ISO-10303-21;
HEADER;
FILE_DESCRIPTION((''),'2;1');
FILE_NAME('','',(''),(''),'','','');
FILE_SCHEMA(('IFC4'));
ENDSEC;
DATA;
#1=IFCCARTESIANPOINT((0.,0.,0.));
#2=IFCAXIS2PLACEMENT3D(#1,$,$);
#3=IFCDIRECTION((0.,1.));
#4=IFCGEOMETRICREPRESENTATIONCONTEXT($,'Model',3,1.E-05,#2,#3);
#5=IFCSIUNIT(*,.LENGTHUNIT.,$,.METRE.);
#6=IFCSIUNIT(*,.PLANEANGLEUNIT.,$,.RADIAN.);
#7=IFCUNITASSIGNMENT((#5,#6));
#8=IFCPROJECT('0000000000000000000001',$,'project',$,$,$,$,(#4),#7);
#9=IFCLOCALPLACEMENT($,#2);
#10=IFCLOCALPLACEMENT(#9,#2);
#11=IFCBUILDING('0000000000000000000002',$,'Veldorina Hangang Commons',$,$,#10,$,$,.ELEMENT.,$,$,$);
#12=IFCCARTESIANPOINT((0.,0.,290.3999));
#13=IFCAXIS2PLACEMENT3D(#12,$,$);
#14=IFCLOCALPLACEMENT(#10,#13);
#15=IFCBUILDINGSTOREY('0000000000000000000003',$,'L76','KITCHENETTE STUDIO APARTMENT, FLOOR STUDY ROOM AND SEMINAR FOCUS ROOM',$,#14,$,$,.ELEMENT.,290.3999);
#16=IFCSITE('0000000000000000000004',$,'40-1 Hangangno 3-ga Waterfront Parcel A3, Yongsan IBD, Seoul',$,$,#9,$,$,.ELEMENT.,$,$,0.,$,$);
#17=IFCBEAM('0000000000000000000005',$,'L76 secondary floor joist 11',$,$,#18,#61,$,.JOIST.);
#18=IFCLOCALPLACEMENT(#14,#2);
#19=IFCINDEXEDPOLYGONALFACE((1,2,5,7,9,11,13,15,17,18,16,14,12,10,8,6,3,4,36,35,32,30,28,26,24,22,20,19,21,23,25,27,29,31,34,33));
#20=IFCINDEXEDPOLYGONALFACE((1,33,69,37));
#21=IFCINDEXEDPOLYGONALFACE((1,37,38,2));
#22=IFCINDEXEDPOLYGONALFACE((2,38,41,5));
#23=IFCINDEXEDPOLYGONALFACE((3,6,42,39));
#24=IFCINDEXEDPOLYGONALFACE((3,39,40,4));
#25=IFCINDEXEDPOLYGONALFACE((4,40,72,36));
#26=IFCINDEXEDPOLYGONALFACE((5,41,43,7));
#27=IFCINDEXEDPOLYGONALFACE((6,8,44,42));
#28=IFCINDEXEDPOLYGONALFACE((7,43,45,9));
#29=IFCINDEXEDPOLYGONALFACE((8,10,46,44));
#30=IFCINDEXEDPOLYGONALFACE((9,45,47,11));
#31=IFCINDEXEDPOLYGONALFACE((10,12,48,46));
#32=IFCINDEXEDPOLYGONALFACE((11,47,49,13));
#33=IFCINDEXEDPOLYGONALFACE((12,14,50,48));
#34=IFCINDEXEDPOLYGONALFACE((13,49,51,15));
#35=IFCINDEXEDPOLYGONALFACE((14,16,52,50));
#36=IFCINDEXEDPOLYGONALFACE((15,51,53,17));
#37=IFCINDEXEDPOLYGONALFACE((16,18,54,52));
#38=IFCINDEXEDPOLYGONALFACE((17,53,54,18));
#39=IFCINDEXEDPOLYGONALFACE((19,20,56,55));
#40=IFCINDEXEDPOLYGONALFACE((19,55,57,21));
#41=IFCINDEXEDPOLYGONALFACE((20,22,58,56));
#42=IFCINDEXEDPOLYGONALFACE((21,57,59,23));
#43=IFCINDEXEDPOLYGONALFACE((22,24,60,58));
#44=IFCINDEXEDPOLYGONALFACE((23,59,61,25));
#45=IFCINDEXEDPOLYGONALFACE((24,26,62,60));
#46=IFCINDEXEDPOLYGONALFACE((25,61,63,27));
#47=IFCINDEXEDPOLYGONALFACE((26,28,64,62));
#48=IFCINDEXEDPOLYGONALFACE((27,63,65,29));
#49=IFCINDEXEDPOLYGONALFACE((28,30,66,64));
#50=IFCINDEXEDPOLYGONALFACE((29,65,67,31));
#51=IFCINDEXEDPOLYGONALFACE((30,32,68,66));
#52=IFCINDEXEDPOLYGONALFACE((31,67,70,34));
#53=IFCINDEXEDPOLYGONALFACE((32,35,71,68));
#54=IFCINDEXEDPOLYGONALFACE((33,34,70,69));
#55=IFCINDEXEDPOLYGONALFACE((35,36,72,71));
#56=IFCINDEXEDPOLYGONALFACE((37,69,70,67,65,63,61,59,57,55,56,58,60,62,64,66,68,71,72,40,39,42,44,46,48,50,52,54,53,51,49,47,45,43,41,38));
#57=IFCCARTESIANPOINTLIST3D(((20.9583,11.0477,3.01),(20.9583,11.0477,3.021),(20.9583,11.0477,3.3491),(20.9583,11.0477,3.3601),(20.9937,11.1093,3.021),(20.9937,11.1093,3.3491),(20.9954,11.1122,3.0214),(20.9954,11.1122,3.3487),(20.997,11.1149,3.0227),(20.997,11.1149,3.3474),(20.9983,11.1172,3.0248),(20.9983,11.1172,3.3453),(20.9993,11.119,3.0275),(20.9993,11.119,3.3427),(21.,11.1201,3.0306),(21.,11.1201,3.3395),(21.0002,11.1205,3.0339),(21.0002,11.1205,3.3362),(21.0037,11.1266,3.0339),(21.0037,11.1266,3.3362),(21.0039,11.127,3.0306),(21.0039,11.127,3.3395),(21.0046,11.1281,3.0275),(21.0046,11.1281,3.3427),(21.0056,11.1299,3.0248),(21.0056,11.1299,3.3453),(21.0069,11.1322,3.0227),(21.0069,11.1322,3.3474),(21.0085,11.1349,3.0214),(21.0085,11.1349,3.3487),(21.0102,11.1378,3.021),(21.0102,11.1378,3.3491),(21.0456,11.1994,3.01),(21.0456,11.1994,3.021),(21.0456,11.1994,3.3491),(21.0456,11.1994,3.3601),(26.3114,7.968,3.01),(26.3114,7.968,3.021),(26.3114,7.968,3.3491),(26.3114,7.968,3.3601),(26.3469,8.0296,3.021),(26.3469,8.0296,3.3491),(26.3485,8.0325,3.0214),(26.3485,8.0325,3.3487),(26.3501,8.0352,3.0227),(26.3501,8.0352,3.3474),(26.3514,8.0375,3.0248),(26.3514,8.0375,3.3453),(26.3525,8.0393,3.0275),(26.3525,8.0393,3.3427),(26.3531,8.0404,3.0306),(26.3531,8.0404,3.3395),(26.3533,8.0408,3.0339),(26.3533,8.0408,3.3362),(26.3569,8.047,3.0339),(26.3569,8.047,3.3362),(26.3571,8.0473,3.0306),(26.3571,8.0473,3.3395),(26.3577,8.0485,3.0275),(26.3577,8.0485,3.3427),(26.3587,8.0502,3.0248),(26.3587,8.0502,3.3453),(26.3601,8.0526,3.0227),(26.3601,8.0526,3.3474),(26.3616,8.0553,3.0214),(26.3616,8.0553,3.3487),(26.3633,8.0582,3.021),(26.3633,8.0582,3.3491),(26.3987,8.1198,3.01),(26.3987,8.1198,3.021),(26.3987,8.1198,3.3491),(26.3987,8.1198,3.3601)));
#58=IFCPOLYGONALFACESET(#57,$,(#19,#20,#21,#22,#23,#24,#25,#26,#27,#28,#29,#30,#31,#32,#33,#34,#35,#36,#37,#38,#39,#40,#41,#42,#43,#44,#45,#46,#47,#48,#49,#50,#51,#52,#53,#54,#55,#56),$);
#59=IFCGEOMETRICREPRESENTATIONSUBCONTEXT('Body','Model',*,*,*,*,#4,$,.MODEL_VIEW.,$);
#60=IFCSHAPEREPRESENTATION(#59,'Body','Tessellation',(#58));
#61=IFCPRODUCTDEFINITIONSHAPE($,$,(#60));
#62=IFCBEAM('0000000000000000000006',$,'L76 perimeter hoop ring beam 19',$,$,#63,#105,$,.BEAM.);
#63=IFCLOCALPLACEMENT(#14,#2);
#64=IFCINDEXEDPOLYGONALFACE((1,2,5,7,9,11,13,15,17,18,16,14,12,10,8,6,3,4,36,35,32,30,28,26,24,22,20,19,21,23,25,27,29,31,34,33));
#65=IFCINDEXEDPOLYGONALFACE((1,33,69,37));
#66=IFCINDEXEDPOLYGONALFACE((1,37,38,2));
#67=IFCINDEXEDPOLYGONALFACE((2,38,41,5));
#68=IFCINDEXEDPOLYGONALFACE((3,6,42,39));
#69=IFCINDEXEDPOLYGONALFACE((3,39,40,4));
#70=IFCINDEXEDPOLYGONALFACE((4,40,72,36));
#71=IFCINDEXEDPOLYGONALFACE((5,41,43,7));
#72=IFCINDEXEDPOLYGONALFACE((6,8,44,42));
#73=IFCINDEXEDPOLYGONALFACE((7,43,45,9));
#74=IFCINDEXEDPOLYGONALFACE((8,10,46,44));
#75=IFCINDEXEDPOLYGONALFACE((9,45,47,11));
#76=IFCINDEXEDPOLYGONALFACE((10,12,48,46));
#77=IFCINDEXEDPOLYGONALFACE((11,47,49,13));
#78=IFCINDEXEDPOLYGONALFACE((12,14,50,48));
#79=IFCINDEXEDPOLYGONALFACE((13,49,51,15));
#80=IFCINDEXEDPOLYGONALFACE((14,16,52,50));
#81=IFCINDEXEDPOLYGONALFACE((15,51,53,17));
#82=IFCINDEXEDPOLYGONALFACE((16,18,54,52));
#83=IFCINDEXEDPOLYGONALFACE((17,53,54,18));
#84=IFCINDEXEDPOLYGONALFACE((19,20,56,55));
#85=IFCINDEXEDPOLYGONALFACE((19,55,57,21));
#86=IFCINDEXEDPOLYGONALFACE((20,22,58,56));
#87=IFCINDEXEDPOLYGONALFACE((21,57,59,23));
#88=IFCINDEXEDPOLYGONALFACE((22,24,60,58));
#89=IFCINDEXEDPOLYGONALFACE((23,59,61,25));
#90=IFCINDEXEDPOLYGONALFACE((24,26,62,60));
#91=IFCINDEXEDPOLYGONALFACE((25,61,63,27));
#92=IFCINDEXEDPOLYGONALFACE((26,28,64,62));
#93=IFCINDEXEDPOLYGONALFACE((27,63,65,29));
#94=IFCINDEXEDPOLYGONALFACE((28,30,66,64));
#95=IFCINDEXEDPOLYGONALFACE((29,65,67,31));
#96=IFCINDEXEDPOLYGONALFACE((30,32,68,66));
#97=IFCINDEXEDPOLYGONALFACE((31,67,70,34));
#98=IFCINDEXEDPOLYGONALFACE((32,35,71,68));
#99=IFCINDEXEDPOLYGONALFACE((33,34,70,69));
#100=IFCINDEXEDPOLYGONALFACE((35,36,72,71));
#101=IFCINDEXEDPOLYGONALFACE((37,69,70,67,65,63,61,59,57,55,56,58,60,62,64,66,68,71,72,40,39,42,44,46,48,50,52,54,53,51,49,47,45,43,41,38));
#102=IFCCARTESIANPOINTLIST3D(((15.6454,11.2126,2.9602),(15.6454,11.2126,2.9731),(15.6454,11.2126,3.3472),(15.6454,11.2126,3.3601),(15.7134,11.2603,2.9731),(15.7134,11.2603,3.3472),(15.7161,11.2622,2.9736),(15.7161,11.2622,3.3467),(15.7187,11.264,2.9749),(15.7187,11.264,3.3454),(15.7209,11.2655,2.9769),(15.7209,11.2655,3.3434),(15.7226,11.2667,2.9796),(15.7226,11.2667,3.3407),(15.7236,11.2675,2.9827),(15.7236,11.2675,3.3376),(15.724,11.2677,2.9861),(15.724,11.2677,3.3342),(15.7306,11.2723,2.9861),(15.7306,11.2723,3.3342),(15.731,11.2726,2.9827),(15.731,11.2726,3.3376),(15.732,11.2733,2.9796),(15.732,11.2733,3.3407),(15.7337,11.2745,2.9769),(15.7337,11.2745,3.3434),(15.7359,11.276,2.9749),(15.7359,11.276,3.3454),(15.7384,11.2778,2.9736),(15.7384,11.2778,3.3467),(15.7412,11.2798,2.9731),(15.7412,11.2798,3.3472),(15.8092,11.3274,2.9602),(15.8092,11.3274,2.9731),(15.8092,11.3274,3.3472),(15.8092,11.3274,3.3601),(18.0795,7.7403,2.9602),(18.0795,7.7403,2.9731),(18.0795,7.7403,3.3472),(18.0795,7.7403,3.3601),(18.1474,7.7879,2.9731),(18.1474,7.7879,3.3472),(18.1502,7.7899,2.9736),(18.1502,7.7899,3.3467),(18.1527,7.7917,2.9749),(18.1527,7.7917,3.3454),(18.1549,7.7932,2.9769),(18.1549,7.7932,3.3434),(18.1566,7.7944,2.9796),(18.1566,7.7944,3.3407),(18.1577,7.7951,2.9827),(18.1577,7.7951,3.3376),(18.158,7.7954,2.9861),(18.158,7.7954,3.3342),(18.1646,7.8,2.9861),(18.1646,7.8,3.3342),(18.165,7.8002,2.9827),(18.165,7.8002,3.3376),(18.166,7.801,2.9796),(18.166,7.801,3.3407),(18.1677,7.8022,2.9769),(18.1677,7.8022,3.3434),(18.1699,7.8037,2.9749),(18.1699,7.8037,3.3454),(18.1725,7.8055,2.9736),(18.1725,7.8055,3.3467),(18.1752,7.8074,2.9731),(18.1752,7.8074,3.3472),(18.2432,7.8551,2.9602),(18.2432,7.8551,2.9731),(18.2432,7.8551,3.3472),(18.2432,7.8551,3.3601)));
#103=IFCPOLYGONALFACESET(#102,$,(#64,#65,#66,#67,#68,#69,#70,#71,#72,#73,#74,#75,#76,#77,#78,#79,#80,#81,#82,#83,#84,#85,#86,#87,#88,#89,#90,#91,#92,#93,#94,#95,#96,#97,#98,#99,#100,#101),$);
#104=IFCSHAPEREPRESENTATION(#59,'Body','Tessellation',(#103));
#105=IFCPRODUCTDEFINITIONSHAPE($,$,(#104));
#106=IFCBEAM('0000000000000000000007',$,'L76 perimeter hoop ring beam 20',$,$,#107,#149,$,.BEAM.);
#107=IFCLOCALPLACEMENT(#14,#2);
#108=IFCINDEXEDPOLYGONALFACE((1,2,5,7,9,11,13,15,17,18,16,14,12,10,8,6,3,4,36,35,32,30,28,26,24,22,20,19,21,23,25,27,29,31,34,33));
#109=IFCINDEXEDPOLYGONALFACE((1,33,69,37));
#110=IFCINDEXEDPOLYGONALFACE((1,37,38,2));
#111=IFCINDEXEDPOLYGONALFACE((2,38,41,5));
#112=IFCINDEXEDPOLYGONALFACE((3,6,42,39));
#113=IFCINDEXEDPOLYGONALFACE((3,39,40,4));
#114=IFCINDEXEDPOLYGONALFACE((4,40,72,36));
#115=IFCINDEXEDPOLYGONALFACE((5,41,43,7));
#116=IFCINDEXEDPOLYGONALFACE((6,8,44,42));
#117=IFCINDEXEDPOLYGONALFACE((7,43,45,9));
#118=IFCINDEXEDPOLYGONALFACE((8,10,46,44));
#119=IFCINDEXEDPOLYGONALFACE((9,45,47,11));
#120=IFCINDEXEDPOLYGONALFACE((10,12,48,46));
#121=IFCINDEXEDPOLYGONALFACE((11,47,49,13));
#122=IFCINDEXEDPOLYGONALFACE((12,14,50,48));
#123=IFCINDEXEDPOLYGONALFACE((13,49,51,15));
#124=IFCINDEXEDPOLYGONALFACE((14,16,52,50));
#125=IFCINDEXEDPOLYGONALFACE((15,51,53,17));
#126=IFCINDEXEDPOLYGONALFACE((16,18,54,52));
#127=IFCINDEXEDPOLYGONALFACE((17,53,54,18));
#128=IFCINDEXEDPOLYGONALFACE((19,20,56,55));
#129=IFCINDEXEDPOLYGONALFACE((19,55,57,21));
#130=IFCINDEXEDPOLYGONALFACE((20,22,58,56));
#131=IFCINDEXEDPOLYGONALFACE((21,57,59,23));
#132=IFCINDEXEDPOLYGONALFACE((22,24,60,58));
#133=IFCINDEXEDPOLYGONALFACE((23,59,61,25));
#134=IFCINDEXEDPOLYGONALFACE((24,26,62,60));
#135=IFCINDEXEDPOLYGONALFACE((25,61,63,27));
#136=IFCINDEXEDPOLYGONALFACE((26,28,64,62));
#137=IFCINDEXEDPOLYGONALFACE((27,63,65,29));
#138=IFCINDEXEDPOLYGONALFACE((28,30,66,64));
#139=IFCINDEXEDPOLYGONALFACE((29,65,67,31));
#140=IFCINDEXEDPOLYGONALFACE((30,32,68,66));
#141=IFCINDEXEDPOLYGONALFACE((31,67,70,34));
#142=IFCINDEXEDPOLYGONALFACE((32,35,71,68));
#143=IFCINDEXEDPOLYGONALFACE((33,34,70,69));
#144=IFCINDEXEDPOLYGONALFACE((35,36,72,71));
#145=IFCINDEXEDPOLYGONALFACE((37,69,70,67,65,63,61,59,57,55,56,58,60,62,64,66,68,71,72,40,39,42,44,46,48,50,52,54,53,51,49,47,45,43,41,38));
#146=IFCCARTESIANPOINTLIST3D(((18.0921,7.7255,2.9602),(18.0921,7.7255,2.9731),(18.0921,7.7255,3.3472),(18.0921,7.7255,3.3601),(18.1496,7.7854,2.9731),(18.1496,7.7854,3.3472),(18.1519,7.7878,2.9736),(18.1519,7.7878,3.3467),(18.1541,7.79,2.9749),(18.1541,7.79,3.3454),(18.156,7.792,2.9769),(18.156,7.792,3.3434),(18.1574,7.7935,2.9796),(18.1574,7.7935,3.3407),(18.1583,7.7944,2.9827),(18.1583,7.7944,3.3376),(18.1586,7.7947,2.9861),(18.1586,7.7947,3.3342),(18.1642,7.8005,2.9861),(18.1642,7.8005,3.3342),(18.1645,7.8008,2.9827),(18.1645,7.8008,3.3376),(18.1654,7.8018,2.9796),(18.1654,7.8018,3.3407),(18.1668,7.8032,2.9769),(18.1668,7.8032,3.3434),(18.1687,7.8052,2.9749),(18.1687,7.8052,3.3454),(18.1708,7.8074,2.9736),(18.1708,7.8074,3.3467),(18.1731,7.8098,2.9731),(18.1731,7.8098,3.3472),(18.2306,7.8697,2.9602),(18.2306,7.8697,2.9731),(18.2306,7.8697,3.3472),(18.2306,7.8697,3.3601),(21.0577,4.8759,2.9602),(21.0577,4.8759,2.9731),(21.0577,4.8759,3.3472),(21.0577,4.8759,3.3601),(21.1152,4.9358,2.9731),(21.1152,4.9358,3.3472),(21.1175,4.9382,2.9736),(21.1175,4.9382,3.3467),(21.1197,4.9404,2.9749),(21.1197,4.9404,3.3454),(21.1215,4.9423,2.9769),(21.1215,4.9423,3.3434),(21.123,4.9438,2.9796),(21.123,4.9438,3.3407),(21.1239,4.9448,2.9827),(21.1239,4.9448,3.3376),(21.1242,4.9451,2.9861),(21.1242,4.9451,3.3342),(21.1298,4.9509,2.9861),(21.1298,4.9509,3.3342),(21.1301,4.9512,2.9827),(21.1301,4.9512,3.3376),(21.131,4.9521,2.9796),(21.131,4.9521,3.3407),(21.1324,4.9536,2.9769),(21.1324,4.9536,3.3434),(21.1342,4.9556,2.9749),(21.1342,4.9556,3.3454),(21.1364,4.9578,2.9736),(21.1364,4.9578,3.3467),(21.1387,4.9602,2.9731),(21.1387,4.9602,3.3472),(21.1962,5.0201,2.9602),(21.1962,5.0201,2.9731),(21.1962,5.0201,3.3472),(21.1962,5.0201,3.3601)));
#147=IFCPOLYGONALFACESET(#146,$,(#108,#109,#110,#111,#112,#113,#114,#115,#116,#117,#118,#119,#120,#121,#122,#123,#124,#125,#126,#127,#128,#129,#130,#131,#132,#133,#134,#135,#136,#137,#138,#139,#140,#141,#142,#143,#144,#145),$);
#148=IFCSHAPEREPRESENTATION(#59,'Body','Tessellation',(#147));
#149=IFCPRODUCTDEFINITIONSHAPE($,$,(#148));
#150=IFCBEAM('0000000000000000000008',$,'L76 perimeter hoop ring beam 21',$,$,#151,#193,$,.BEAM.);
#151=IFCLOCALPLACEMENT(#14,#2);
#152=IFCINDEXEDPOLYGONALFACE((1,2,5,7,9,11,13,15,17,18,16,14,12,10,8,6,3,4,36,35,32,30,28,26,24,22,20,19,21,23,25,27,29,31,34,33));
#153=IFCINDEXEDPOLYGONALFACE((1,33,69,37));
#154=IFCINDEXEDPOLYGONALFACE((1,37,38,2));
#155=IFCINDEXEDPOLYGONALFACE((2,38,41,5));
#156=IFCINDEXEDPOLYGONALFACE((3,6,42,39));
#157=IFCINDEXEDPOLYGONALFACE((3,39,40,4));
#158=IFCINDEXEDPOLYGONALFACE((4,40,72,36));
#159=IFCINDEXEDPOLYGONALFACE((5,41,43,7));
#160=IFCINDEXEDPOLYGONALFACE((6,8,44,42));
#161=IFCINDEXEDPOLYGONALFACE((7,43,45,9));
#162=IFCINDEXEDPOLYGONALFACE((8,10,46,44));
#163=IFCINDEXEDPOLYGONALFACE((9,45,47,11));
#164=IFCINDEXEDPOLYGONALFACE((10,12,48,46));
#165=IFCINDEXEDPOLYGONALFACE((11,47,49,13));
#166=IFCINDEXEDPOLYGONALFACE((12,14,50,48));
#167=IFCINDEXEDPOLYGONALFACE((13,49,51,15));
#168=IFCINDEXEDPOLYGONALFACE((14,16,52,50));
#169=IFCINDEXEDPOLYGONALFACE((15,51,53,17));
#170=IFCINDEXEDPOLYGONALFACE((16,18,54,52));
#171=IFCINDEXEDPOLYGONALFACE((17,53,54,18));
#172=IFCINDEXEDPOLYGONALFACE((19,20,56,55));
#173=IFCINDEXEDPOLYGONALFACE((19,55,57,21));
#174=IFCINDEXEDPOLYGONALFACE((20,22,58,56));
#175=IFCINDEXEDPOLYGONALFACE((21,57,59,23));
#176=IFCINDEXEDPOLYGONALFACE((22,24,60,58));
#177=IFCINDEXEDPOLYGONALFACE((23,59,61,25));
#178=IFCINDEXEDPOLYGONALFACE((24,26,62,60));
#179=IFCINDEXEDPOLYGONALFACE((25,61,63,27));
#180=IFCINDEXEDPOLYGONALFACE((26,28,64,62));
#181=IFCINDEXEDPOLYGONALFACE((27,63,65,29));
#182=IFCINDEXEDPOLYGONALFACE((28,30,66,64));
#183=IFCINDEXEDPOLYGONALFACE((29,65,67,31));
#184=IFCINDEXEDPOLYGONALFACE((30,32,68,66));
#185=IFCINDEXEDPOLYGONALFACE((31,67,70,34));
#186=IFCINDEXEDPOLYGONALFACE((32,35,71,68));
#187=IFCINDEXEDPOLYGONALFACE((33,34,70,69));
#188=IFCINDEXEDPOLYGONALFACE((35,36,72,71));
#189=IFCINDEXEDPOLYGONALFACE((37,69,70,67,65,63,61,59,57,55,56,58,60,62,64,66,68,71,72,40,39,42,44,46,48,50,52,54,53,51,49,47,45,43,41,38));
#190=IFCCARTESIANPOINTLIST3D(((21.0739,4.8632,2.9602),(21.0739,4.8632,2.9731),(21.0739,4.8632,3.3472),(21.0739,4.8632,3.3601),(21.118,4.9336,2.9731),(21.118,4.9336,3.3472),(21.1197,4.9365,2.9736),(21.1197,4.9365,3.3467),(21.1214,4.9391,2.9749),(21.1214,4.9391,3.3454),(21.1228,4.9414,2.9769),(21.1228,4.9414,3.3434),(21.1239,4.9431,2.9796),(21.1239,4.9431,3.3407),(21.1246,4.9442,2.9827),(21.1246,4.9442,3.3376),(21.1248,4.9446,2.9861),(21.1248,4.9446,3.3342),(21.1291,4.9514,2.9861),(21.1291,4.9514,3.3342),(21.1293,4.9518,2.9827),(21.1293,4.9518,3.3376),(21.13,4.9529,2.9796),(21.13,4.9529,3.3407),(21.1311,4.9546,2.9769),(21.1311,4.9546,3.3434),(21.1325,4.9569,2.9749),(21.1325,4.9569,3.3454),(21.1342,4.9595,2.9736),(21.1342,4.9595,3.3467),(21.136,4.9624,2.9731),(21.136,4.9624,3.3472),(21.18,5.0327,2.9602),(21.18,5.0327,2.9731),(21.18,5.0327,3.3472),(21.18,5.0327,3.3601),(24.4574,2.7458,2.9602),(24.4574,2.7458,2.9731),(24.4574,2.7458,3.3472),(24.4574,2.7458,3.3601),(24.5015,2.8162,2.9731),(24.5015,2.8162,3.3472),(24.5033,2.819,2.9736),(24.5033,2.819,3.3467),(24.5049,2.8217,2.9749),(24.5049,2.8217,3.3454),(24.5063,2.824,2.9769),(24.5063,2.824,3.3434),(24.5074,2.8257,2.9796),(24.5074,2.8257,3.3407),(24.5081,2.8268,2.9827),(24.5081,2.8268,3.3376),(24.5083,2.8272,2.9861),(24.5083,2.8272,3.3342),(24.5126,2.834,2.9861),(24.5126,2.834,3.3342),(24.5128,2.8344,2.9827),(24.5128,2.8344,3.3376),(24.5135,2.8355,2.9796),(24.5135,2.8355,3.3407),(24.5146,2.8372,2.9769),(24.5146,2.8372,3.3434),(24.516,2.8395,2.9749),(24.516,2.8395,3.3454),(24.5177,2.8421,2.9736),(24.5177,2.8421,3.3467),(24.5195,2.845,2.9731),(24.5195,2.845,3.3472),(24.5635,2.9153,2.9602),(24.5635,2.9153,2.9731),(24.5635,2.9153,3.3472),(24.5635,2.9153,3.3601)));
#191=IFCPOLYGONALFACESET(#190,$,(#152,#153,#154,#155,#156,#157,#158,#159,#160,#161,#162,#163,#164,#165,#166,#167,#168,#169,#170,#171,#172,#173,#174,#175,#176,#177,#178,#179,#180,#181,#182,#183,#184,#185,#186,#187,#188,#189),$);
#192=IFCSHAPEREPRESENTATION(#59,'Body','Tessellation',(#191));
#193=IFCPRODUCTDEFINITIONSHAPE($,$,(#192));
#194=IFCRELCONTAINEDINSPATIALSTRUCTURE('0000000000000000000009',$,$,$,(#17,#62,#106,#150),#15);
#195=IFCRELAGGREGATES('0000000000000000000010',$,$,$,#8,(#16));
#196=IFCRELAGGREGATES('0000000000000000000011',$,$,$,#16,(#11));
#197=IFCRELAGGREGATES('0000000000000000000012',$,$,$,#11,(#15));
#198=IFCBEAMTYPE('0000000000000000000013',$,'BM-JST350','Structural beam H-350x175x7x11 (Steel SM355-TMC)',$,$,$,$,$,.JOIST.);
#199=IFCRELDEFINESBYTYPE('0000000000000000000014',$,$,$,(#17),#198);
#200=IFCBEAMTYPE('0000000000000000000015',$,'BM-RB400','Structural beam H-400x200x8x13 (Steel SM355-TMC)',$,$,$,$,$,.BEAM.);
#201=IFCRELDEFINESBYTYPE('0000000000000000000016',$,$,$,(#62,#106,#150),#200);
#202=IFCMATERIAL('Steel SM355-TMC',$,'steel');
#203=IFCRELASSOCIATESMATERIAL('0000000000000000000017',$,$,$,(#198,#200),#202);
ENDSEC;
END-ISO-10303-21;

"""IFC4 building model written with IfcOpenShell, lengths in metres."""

from ifc_helpers import new_model, si_unit, direction, frame, origin, origin_2d, place, context, subcontext, project, spatial, i_section, extrude, material, material_profile, profile_set, type_object, element, save


model = new_model("IFC4")

# Units and contexts
model_context = context("Model", 3, precision=1e-05, world=origin(), true_north=direction((0.0, 1.0)))
body_context = subcontext(model_context, "Body", "Model", "MODEL_VIEW")
ifc_project = project(units=[si_unit("LENGTHUNIT", "METRE"), si_unit("PLANEANGLEUNIT", "RADIAN")], contexts=[model_context])

# Site, building, storey
site_placement = place(None, origin())
site = spatial("IfcSite", under=ifc_project, at=site_placement, Name="40-1 Hangangno 3-ga Waterfront Parcel A3, Yongsan IBD, Seoul", CompositionType="ELEMENT", RefElevation=0.0)
building_placement = place(site_placement, origin())
building = spatial("IfcBuilding", under=site, at=building_placement, Name="Veldorina Hangang Commons", CompositionType="ELEMENT")
storey_placement = place(building_placement, frame((0.0, 0.0, 290.3999)))
storey = spatial("IfcBuildingStorey", under=building, at=storey_placement, Name="L76", Description="KITCHENETTE STUDIO APARTMENT, FLOOR STUDY ROOM AND SEMINAR FOCUS ROOM", CompositionType="ELEMENT", Elevation=290.3999)

# Beams
ifc_material_1 = material(Name="Steel SM355-TMC", Category="steel")
ifc_material_profile_1 = material_profile(ifc_material_1, i_section(OverallWidth=0.175, OverallDepth=0.3501, WebThickness=0.0071, FlangeThickness=0.011, FilletRadius=0.0129, at=origin_2d()), Name="H-350x175x7x11")
ifc_profile_set_1 = profile_set([ifc_material_profile_1], Name="Steel SM355-TMC")
beam_type_1 = type_object("IfcBeamType", Name="BM-JST350", Description="Structural beam H-350x175x7x11 (Steel SM355-TMC)", PredefinedType="JOIST", material=ifc_profile_set_1)
beam_1_placement = place(storey_placement, frame((21.002, 11.1235, 3.1851), z_axis=(0.866794, -0.498666, 0.0), x_axis=(0.498666, 0.866794, 0.0)))
element("IfcBeam", 1, at=beam_1_placement, inside=storey, type_object=beam_type_1, Name="L76 secondary floor joist 11", PredefinedType="JOIST", context=body_context, shape_type="SweptSolid", body=[
    extrude(i_section(OverallWidth=0.175, OverallDepth=0.3501, WebThickness=0.0071, FlangeThickness=0.011, FilletRadius=0.0129, at=origin_2d()), origin(), (0.0, 0.0, 1.0), 6.1758),
])
ifc_material_profile_2 = material_profile(ifc_material_1, i_section(OverallWidth=0.2, OverallDepth=0.3999, WebThickness=0.0081, FlangeThickness=0.0129, FilletRadius=0.0129, at=origin_2d()), Name="H-400x200x8x13")
ifc_profile_set_2 = profile_set([ifc_material_profile_2], Name="Steel SM355-TMC")
beam_type_2 = type_object("IfcBeamType", Name="BM-RB400", Description="Structural beam H-400x200x8x13 (Steel SM355-TMC)", PredefinedType="BEAM", material=ifc_profile_set_2)
beam_2_placement = place(storey_placement, frame((15.7273, 11.27, 3.1602), z_axis=(0.573999, -0.818856, 0.0), x_axis=(0.818856, 0.573999, 0.0)))
element("IfcBeam", 2, at=beam_2_placement, inside=storey, type_object=beam_type_2, Name="L76 perimeter hoop ring beam 19", PredefinedType="BEAM", context=body_context, shape_type="SweptSolid", body=[
    extrude(i_section(OverallWidth=0.2, OverallDepth=0.3999, WebThickness=0.0081, FlangeThickness=0.0129, FilletRadius=0.0129, at=origin_2d()), origin(), (0.0, 0.0, 1.0), 4.2405),
])
beam_3_placement = place(storey_placement, frame((18.1614, 7.7976, 3.1602), z_axis=(0.721065, -0.692868, 0.0), x_axis=(0.692868, 0.721065, 0.0)))
element("IfcBeam", 3, at=beam_3_placement, inside=storey, type_object=beam_type_2, Name="L76 perimeter hoop ring beam 20", PredefinedType="BEAM", context=body_context, shape_type="SweptSolid", body=[
    extrude(i_section(OverallWidth=0.2, OverallDepth=0.3999, WebThickness=0.0081, FlangeThickness=0.0129, FilletRadius=0.0129, at=origin_2d()), origin(), (0.0, 0.0, 1.0), 4.1128),
])
beam_4_placement = place(storey_placement, frame((21.127, 4.948, 3.1602), z_axis=(0.847692, -0.530488, 0.0), x_axis=(0.530488, 0.847692, 0.0)))
element("IfcBeam", 4, at=beam_4_placement, inside=storey, type_object=beam_type_2, Name="L76 perimeter hoop ring beam 21", PredefinedType="BEAM", context=body_context, shape_type="SweptSolid", body=[
    extrude(i_section(OverallWidth=0.2, OverallDepth=0.3999, WebThickness=0.0081, FlangeThickness=0.0129, FilletRadius=0.0129, at=origin_2d()), origin(), (0.0, 0.0, 1.0), 3.9915),
])

save(model, "model.ifc")
